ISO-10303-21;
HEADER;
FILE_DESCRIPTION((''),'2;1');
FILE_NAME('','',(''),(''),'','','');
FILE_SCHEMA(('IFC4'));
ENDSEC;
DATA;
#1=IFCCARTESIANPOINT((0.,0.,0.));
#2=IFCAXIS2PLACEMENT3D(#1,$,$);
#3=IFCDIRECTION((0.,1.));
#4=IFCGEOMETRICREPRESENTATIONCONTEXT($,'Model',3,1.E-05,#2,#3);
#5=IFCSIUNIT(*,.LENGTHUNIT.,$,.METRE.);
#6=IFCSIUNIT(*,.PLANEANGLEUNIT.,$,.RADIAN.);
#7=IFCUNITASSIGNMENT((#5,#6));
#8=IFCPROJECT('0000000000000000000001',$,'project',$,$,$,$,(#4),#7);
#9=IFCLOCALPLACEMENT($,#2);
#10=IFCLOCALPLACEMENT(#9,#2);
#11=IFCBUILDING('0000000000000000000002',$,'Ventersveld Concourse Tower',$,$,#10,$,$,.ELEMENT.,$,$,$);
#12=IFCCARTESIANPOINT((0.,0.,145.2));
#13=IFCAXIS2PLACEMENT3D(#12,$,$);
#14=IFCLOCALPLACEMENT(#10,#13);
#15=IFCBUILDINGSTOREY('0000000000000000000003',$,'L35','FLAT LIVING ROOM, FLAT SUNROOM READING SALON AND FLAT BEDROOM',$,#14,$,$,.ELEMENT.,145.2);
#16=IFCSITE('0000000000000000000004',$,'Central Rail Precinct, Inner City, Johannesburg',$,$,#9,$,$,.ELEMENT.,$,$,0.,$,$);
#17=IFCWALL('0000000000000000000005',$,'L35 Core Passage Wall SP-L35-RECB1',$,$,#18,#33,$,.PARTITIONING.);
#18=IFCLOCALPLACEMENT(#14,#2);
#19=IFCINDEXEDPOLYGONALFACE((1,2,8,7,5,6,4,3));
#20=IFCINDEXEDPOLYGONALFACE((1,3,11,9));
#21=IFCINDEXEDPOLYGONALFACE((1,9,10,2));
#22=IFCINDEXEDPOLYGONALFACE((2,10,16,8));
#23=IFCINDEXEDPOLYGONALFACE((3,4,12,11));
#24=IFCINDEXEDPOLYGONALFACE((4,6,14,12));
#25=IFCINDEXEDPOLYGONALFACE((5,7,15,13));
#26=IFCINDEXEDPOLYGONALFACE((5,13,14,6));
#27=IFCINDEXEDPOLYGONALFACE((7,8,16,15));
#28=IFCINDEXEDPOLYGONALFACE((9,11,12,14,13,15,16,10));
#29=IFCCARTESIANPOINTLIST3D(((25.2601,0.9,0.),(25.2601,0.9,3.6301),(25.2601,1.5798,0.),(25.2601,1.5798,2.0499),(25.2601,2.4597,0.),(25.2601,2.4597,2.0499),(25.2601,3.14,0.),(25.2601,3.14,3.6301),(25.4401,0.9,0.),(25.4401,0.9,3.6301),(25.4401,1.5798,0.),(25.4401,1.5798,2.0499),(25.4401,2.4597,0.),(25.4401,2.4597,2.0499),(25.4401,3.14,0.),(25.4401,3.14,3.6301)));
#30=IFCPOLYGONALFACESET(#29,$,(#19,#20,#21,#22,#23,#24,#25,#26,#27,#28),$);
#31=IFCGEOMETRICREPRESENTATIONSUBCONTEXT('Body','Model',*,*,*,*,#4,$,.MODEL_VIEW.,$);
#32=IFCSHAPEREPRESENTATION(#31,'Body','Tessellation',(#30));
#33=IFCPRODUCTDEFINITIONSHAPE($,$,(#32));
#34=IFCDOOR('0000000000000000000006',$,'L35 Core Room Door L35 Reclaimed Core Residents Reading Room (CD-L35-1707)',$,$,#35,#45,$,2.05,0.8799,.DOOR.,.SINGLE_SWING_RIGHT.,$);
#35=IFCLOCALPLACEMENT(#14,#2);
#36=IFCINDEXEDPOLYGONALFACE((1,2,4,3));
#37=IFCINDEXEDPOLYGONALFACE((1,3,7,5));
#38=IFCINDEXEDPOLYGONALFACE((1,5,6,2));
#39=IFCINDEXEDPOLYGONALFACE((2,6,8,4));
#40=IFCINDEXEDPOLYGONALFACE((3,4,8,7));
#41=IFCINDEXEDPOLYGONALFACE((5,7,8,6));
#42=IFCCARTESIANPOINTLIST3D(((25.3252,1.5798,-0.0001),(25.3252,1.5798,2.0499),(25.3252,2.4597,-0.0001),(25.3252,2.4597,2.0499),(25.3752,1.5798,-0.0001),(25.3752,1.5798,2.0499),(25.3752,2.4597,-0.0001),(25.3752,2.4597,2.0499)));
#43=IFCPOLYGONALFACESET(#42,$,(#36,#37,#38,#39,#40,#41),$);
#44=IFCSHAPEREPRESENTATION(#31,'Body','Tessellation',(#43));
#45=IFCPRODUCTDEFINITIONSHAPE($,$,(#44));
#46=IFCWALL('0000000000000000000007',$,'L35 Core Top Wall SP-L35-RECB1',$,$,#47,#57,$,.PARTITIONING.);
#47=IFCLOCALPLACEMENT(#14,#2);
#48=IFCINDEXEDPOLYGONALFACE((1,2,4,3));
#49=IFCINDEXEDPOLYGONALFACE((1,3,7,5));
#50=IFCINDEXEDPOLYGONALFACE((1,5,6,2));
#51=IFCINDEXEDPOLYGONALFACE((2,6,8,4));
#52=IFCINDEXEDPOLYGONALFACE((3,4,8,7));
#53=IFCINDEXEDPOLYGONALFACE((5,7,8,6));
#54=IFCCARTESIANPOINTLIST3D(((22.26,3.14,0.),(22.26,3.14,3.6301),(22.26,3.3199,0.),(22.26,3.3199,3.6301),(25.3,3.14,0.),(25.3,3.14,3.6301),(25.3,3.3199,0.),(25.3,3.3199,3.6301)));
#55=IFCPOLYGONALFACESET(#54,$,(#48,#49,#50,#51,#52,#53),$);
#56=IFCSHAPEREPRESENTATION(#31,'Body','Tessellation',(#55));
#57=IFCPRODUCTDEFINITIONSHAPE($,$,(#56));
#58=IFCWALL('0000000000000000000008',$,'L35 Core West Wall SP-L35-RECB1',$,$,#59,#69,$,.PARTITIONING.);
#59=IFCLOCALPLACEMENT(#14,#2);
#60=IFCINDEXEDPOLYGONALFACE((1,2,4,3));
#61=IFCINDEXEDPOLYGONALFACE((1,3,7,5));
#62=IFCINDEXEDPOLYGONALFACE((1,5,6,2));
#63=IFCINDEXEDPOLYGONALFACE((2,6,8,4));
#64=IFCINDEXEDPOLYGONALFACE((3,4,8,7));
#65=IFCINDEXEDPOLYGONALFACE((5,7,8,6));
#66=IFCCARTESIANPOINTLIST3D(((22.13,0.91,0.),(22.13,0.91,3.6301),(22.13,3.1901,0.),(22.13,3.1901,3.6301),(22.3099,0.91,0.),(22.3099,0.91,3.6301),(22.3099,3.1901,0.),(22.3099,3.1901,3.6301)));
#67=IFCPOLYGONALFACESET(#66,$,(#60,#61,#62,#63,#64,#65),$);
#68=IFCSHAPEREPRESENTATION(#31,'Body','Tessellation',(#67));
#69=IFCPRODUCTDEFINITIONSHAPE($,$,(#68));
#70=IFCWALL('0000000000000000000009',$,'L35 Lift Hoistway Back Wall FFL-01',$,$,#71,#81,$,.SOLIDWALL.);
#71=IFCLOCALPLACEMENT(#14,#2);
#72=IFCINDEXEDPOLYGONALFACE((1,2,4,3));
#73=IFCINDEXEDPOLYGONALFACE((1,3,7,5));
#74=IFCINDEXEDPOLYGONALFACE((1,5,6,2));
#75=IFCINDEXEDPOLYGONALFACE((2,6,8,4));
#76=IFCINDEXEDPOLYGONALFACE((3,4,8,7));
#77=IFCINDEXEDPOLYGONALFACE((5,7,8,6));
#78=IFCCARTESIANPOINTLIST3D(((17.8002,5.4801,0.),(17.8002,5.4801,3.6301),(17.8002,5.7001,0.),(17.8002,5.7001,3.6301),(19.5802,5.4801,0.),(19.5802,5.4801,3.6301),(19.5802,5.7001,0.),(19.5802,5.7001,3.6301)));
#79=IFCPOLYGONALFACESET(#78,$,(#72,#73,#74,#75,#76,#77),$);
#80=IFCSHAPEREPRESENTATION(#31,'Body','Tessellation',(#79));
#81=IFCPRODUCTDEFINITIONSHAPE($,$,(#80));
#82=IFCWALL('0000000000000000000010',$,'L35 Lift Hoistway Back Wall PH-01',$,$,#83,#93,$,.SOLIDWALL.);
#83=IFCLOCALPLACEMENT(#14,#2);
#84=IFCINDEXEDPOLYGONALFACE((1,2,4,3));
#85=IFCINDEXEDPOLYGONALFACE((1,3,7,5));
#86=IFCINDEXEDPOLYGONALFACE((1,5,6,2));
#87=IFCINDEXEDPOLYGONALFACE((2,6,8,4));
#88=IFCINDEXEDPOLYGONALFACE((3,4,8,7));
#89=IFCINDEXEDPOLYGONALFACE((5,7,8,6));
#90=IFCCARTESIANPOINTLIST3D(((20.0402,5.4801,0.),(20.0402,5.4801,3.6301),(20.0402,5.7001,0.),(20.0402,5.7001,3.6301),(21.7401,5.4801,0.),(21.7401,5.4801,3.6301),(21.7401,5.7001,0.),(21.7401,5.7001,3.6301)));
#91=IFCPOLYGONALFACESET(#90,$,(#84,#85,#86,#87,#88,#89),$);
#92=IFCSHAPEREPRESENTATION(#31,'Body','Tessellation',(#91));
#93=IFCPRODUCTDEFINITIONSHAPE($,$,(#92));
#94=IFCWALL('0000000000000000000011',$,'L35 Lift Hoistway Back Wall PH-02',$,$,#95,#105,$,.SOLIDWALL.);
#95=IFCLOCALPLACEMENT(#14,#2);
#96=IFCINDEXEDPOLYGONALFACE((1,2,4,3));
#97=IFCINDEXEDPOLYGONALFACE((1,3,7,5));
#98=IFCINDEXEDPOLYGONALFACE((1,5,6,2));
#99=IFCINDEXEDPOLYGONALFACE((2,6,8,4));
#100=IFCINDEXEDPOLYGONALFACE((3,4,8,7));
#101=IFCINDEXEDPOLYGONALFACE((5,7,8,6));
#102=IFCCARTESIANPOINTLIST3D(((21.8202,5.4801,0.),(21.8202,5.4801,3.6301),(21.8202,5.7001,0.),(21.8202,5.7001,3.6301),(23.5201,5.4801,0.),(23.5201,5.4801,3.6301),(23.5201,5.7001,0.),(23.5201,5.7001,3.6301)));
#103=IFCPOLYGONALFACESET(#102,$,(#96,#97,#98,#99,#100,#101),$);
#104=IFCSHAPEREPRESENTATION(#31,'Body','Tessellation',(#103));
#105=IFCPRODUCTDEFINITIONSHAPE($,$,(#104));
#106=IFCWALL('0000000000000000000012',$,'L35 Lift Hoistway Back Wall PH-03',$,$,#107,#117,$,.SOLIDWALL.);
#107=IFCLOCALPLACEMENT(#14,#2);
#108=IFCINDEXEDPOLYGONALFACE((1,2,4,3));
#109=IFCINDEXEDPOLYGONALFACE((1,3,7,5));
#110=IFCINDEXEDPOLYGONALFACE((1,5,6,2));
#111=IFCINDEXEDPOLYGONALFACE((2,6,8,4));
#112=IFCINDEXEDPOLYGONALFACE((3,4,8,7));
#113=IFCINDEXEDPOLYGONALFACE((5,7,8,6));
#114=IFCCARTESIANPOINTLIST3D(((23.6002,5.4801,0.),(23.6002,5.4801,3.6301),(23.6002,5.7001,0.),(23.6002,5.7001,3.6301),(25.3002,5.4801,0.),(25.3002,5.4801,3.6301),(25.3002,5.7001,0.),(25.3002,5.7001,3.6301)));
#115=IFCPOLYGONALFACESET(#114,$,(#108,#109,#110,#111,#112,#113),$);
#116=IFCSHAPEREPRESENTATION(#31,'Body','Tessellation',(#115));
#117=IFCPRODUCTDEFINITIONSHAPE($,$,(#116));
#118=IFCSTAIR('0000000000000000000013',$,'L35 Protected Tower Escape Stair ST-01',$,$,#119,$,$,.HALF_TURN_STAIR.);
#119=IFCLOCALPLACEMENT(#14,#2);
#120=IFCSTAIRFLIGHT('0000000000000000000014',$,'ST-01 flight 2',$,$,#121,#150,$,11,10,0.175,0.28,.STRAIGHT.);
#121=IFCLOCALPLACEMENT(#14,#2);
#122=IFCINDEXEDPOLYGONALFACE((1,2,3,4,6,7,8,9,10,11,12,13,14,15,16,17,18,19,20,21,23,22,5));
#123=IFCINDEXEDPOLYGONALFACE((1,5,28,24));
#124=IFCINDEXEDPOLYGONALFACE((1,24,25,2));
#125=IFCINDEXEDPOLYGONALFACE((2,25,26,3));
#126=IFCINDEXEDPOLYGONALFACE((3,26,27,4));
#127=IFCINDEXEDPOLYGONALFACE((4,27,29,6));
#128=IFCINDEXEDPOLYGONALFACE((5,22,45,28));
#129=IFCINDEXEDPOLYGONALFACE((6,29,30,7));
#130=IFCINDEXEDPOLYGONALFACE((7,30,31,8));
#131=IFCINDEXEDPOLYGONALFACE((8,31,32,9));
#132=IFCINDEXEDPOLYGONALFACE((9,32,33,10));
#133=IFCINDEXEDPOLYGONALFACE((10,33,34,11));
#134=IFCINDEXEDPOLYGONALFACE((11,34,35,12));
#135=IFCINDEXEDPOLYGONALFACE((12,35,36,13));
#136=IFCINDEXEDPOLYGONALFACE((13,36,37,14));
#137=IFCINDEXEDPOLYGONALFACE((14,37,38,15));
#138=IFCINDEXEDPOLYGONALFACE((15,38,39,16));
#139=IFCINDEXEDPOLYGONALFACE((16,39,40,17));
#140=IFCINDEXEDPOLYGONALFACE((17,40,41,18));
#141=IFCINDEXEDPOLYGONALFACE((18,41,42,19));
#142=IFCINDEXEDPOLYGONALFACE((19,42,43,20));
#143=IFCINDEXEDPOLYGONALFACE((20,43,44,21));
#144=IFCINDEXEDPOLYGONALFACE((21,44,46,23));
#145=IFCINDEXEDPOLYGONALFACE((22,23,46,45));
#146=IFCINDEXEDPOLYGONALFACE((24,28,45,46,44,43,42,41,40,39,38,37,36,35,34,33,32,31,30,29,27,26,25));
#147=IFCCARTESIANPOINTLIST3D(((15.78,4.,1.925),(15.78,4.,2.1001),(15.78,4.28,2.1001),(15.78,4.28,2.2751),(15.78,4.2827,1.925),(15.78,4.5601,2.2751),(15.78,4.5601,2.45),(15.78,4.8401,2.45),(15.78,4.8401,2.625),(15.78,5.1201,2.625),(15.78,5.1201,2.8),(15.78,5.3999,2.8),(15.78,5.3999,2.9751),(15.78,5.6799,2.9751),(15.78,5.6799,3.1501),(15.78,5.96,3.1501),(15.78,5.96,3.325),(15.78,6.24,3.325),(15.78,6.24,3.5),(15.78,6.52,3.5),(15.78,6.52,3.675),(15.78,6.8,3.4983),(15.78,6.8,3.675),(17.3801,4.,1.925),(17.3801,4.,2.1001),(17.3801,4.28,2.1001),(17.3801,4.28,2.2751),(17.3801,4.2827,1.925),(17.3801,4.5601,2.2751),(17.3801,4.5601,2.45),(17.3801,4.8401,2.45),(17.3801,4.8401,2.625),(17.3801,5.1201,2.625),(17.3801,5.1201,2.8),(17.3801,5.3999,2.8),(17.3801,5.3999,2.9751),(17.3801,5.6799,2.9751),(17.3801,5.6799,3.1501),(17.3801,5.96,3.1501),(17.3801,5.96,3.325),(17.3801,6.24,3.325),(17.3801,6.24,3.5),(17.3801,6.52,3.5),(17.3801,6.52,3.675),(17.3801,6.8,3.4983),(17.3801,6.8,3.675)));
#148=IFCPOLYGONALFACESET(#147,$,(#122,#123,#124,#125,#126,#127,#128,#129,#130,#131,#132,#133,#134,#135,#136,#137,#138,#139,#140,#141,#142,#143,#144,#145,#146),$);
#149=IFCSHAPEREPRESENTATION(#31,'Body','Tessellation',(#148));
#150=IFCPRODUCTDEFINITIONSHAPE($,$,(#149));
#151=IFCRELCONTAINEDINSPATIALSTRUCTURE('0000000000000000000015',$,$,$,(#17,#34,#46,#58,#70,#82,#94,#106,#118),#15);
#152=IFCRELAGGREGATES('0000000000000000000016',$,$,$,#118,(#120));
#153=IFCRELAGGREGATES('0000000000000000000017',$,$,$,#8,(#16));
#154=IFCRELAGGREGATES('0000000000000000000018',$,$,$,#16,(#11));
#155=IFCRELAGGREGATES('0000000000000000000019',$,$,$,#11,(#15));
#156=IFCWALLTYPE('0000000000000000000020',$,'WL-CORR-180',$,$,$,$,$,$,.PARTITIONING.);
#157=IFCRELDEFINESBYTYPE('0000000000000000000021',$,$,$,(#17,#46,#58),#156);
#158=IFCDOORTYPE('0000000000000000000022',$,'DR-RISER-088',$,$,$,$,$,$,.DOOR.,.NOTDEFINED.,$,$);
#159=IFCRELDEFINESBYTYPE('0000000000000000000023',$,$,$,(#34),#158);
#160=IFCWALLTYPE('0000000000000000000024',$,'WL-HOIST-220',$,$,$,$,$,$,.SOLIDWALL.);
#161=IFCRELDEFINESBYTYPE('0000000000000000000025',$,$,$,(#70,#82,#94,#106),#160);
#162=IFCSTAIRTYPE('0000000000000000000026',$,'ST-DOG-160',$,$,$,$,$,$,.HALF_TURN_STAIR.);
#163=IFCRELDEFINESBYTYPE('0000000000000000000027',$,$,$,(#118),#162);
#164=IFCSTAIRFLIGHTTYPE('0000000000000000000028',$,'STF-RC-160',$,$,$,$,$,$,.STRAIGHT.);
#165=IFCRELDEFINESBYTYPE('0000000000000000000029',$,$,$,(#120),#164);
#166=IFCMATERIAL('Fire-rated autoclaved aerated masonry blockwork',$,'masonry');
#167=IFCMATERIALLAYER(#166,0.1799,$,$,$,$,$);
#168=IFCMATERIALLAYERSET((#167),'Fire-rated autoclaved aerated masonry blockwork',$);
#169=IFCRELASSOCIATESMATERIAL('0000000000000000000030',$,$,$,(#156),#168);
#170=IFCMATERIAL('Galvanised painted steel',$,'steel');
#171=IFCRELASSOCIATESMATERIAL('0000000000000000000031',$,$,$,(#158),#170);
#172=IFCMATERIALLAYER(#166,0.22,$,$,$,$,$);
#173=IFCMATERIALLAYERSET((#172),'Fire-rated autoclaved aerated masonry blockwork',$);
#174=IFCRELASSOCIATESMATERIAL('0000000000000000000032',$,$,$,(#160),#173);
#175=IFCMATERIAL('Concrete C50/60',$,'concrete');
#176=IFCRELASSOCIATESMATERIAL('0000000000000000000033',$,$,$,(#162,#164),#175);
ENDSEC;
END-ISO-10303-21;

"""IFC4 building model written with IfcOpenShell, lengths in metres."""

from ifc_helpers import new_model, si_unit, direction, frame, frame_2d, origin, place, context, subcontext, project, spatial, polyline, rectangle, outline, extrude, material, layer, layer_set, type_object, element, fill, aggregate, save


model = new_model("IFC4")

# Units and contexts
model_context = context("Model", 3, precision=1e-05, world=origin(), true_north=direction((0.0, 1.0)))
body_context = subcontext(model_context, "Body", "Model", "MODEL_VIEW")
ifc_project = project(units=[si_unit("LENGTHUNIT", "METRE"), si_unit("PLANEANGLEUNIT", "RADIAN")], contexts=[model_context])

# Site, building, storey
site_placement = place(None, origin())
site = spatial("IfcSite", under=ifc_project, at=site_placement, Name="Central Rail Precinct, Inner City, Johannesburg", CompositionType="ELEMENT", RefElevation=0.0)
building_placement = place(site_placement, origin())
building = spatial("IfcBuilding", under=site, at=building_placement, Name="Ventersveld Concourse Tower", CompositionType="ELEMENT")
storey_placement = place(building_placement, frame((0.0, 0.0, 145.2)))
storey = spatial("IfcBuildingStorey", under=building, at=storey_placement, Name="L35", Description="FLAT LIVING ROOM, FLAT SUNROOM READING SALON AND FLAT BEDROOM", CompositionType="ELEMENT", Elevation=145.2)

# Shared definitions
ifc_material_1 = material(Name="Concrete C50/60", Category="concrete")

# Wall, opening, door
ifc_material_2 = material(Name="Fire-rated autoclaved aerated masonry blockwork", Category="masonry")
ifc_layer_1 = layer(ifc_material_2, 0.1799)
ifc_layer_set_1 = layer_set([ifc_layer_1], Name="Fire-rated autoclaved aerated masonry blockwork")
wall_type_1 = type_object("IfcWallType", Name="WL-CORR-180", PredefinedType="PARTITIONING", material=ifc_layer_set_1)
wall_1_placement = place(storey_placement, frame((25.3501, 0.8999, 0.0), z_axis=(0.0, 0.0, 1.0), x_axis=(0.0, 1.0, 0.0)))
wall_1 = element("IfcWall", 1, at=wall_1_placement, inside=storey, type_object=wall_type_1, Name="L35 Core Passage Wall SP-L35-RECB1", PredefinedType="PARTITIONING", context=body_context, shape_type="SweptSolid", body=[
    extrude(rectangle(XDim=2.24, YDim=0.1799, at=frame_2d((1.1201, 0.0))), origin(), (0.0, 0.0, 1.0), 3.6301),
])
opening_placement = place(wall_1_placement, frame((0.6799, 0.0, 0.0)))
opening = element("IfcOpeningElement", 2, at=opening_placement, cuts=wall_1, PredefinedType="OPENING", context=body_context, shape_type="SweptSolid", body=[
    extrude(rectangle(XDim=0.8799, YDim=2.05, at=frame_2d((0.4399, 1.0249))), frame((0.0, 0.1001, 0.0), z_axis=(0.0, -1.0, 0.0), x_axis=(1.0, 0.0, 0.0)), (0.0, 0.0, 1.0), 0.2),
])
ifc_material_3 = material(Name="Galvanised painted steel", Category="steel")
door_type = type_object("IfcDoorType", Name="DR-RISER-088", OperationType="NOTDEFINED", PredefinedType="DOOR", material=ifc_material_3)
door_placement = place(opening_placement, origin())
door = element("IfcDoor", 3, at=door_placement, inside=storey, type_object=door_type, Name="L35 Core Room Door L35 Reclaimed Core Residents Reading Room (CD-L35-1707)", OperationType="SINGLE_SWING_RIGHT", OverallHeight=2.05, OverallWidth=0.8799, PredefinedType="DOOR", context=body_context, shape_type="SweptSolid", body=[
    extrude(rectangle(XDim=0.8799, YDim=2.05, at=frame_2d((0.4399, 1.0249))), frame((0.0, 0.0249, 0.0), z_axis=(0.0, -1.0, 0.0), x_axis=(1.0, 0.0, 0.0)), (0.0, 0.0, 1.0), 0.05),
])
fill(opening, door)

# Walls
wall_2_placement = place(storey_placement, frame((22.26, 3.23, 0.0), z_axis=(0.0, 0.0, 1.0), x_axis=(1.0, 0.0, 0.0)))
element("IfcWall", 4, at=wall_2_placement, inside=storey, type_object=wall_type_1, Name="L35 Core Top Wall SP-L35-RECB1", PredefinedType="PARTITIONING", context=body_context, shape_type="SweptSolid", body=[
    extrude(rectangle(XDim=3.04, YDim=0.1799, at=frame_2d((1.52, 0.0))), origin(), (0.0, 0.0, 1.0), 3.6301),
])
wall_3_placement = place(storey_placement, frame((22.22, 0.9099, 0.0), z_axis=(0.0, 0.0, 1.0), x_axis=(0.0, 1.0, 0.0)))
element("IfcWall", 5, at=wall_3_placement, inside=storey, type_object=wall_type_1, Name="L35 Core West Wall SP-L35-RECB1", PredefinedType="PARTITIONING", context=body_context, shape_type="SweptSolid", body=[
    extrude(rectangle(XDim=2.28, YDim=0.1799, at=frame_2d((1.1401, 0.0))), origin(), (0.0, 0.0, 1.0), 3.6301),
])
ifc_layer_2 = layer(ifc_material_2, 0.22)
ifc_layer_set_2 = layer_set([ifc_layer_2], Name="Fire-rated autoclaved aerated masonry blockwork")
wall_type_2 = type_object("IfcWallType", Name="WL-HOIST-220", PredefinedType="SOLIDWALL", material=ifc_layer_set_2)
wall_4_placement = place(storey_placement, frame((17.8, 5.5901, 0.0), z_axis=(0.0, 0.0, 1.0), x_axis=(1.0, 0.0, 0.0)))
element("IfcWall", 6, at=wall_4_placement, inside=storey, type_object=wall_type_2, Name="L35 Lift Hoistway Back Wall FFL-01", PredefinedType="SOLIDWALL", context=body_context, shape_type="SweptSolid", body=[
    extrude(rectangle(XDim=1.78, YDim=0.22, at=frame_2d((0.8901, 0.0))), origin(), (0.0, 0.0, 1.0), 3.6301),
])
for number, where, z_axis, x_axis, name in (
    (7, (20.04, 5.5901, 0.0), (0.0, 0.0, 1.0), (1.0, 0.0, 0.0), "L35 Lift Hoistway Back Wall PH-01"),
    (8, (21.8201, 5.5901, 0.0), (0.0, 0.0, 1.0), (1.0, 0.0, 0.0), "L35 Lift Hoistway Back Wall PH-02"),
    (9, (23.6001, 5.5901, 0.0), (0.0, 0.0, 1.0), (1.0, 0.0, 0.0), "L35 Lift Hoistway Back Wall PH-03"),
):
    element("IfcWall", number, at=place(storey_placement, frame(where, z_axis=z_axis, x_axis=x_axis)), inside=storey, type_object=wall_type_2, Name=name, PredefinedType="SOLIDWALL", context=body_context, shape_type="SweptSolid", body=[
        extrude(rectangle(XDim=1.7, YDim=0.22, at=frame_2d((0.8501, 0.0))), origin(), (0.0, 0.0, 1.0), 3.6301),
    ])

# Stair, stair flight
stair_type = type_object("IfcStairType", Name="ST-DOG-160", PredefinedType="HALF_TURN_STAIR", material=ifc_material_1)
stair_placement = place(storey_placement, origin())
stair = element("IfcStair", 10, at=stair_placement, inside=storey, type_object=stair_type, Name="L35 Protected Tower Escape Stair ST-01", PredefinedType="HALF_TURN_STAIR")
stair_flight_type = type_object("IfcStairFlightType", Name="STF-RC-160", PredefinedType="STRAIGHT", material=ifc_material_1)
stair_flight_placement = place(storey_placement, frame((16.5801, 4.0, 1.925), z_axis=(0.0, 0.0, 1.0), x_axis=(0.0, 1.0, 0.0)))
stair_flight = element("IfcStairFlight", 11, at=stair_flight_placement, type_object=stair_flight_type, Name="ST-01 flight 2", NumberOfRisers=11, NumberOfTreads=10, PredefinedType="STRAIGHT", RiserHeight=0.175, TreadLength=0.28, context=body_context, shape_type="SweptSolid", body=[
    extrude(outline(polyline([(0.0, 0.0), (0.0, 0.175), (0.28, 0.175), (0.28, 0.3501), (0.5601, 0.3501), (0.5601, 0.5249), (0.8401, 0.5249), (0.8401, 0.7), (1.1201, 0.7), (1.1201, 0.875), (1.3999, 0.875), (1.3999, 1.05), (1.6799, 1.05), (1.6799, 1.2251), (1.96, 1.2251), (1.96, 1.3999), (2.24, 1.3999), (2.24, 1.575), (2.52, 1.575), (2.52, 1.75), (2.8, 1.75), (2.8, 1.925), (2.8, 1.5732), (0.2827, 0.0), (0.0, 0.0)])), frame((0.0, 0.8, 0.0), z_axis=(0.0, -1.0, 0.0), x_axis=(1.0, 0.0, 0.0)), (0.0, 0.0, 1.0), 1.6001),
])
aggregate(stair, [stair_flight])

save(model, "model.ifc")
